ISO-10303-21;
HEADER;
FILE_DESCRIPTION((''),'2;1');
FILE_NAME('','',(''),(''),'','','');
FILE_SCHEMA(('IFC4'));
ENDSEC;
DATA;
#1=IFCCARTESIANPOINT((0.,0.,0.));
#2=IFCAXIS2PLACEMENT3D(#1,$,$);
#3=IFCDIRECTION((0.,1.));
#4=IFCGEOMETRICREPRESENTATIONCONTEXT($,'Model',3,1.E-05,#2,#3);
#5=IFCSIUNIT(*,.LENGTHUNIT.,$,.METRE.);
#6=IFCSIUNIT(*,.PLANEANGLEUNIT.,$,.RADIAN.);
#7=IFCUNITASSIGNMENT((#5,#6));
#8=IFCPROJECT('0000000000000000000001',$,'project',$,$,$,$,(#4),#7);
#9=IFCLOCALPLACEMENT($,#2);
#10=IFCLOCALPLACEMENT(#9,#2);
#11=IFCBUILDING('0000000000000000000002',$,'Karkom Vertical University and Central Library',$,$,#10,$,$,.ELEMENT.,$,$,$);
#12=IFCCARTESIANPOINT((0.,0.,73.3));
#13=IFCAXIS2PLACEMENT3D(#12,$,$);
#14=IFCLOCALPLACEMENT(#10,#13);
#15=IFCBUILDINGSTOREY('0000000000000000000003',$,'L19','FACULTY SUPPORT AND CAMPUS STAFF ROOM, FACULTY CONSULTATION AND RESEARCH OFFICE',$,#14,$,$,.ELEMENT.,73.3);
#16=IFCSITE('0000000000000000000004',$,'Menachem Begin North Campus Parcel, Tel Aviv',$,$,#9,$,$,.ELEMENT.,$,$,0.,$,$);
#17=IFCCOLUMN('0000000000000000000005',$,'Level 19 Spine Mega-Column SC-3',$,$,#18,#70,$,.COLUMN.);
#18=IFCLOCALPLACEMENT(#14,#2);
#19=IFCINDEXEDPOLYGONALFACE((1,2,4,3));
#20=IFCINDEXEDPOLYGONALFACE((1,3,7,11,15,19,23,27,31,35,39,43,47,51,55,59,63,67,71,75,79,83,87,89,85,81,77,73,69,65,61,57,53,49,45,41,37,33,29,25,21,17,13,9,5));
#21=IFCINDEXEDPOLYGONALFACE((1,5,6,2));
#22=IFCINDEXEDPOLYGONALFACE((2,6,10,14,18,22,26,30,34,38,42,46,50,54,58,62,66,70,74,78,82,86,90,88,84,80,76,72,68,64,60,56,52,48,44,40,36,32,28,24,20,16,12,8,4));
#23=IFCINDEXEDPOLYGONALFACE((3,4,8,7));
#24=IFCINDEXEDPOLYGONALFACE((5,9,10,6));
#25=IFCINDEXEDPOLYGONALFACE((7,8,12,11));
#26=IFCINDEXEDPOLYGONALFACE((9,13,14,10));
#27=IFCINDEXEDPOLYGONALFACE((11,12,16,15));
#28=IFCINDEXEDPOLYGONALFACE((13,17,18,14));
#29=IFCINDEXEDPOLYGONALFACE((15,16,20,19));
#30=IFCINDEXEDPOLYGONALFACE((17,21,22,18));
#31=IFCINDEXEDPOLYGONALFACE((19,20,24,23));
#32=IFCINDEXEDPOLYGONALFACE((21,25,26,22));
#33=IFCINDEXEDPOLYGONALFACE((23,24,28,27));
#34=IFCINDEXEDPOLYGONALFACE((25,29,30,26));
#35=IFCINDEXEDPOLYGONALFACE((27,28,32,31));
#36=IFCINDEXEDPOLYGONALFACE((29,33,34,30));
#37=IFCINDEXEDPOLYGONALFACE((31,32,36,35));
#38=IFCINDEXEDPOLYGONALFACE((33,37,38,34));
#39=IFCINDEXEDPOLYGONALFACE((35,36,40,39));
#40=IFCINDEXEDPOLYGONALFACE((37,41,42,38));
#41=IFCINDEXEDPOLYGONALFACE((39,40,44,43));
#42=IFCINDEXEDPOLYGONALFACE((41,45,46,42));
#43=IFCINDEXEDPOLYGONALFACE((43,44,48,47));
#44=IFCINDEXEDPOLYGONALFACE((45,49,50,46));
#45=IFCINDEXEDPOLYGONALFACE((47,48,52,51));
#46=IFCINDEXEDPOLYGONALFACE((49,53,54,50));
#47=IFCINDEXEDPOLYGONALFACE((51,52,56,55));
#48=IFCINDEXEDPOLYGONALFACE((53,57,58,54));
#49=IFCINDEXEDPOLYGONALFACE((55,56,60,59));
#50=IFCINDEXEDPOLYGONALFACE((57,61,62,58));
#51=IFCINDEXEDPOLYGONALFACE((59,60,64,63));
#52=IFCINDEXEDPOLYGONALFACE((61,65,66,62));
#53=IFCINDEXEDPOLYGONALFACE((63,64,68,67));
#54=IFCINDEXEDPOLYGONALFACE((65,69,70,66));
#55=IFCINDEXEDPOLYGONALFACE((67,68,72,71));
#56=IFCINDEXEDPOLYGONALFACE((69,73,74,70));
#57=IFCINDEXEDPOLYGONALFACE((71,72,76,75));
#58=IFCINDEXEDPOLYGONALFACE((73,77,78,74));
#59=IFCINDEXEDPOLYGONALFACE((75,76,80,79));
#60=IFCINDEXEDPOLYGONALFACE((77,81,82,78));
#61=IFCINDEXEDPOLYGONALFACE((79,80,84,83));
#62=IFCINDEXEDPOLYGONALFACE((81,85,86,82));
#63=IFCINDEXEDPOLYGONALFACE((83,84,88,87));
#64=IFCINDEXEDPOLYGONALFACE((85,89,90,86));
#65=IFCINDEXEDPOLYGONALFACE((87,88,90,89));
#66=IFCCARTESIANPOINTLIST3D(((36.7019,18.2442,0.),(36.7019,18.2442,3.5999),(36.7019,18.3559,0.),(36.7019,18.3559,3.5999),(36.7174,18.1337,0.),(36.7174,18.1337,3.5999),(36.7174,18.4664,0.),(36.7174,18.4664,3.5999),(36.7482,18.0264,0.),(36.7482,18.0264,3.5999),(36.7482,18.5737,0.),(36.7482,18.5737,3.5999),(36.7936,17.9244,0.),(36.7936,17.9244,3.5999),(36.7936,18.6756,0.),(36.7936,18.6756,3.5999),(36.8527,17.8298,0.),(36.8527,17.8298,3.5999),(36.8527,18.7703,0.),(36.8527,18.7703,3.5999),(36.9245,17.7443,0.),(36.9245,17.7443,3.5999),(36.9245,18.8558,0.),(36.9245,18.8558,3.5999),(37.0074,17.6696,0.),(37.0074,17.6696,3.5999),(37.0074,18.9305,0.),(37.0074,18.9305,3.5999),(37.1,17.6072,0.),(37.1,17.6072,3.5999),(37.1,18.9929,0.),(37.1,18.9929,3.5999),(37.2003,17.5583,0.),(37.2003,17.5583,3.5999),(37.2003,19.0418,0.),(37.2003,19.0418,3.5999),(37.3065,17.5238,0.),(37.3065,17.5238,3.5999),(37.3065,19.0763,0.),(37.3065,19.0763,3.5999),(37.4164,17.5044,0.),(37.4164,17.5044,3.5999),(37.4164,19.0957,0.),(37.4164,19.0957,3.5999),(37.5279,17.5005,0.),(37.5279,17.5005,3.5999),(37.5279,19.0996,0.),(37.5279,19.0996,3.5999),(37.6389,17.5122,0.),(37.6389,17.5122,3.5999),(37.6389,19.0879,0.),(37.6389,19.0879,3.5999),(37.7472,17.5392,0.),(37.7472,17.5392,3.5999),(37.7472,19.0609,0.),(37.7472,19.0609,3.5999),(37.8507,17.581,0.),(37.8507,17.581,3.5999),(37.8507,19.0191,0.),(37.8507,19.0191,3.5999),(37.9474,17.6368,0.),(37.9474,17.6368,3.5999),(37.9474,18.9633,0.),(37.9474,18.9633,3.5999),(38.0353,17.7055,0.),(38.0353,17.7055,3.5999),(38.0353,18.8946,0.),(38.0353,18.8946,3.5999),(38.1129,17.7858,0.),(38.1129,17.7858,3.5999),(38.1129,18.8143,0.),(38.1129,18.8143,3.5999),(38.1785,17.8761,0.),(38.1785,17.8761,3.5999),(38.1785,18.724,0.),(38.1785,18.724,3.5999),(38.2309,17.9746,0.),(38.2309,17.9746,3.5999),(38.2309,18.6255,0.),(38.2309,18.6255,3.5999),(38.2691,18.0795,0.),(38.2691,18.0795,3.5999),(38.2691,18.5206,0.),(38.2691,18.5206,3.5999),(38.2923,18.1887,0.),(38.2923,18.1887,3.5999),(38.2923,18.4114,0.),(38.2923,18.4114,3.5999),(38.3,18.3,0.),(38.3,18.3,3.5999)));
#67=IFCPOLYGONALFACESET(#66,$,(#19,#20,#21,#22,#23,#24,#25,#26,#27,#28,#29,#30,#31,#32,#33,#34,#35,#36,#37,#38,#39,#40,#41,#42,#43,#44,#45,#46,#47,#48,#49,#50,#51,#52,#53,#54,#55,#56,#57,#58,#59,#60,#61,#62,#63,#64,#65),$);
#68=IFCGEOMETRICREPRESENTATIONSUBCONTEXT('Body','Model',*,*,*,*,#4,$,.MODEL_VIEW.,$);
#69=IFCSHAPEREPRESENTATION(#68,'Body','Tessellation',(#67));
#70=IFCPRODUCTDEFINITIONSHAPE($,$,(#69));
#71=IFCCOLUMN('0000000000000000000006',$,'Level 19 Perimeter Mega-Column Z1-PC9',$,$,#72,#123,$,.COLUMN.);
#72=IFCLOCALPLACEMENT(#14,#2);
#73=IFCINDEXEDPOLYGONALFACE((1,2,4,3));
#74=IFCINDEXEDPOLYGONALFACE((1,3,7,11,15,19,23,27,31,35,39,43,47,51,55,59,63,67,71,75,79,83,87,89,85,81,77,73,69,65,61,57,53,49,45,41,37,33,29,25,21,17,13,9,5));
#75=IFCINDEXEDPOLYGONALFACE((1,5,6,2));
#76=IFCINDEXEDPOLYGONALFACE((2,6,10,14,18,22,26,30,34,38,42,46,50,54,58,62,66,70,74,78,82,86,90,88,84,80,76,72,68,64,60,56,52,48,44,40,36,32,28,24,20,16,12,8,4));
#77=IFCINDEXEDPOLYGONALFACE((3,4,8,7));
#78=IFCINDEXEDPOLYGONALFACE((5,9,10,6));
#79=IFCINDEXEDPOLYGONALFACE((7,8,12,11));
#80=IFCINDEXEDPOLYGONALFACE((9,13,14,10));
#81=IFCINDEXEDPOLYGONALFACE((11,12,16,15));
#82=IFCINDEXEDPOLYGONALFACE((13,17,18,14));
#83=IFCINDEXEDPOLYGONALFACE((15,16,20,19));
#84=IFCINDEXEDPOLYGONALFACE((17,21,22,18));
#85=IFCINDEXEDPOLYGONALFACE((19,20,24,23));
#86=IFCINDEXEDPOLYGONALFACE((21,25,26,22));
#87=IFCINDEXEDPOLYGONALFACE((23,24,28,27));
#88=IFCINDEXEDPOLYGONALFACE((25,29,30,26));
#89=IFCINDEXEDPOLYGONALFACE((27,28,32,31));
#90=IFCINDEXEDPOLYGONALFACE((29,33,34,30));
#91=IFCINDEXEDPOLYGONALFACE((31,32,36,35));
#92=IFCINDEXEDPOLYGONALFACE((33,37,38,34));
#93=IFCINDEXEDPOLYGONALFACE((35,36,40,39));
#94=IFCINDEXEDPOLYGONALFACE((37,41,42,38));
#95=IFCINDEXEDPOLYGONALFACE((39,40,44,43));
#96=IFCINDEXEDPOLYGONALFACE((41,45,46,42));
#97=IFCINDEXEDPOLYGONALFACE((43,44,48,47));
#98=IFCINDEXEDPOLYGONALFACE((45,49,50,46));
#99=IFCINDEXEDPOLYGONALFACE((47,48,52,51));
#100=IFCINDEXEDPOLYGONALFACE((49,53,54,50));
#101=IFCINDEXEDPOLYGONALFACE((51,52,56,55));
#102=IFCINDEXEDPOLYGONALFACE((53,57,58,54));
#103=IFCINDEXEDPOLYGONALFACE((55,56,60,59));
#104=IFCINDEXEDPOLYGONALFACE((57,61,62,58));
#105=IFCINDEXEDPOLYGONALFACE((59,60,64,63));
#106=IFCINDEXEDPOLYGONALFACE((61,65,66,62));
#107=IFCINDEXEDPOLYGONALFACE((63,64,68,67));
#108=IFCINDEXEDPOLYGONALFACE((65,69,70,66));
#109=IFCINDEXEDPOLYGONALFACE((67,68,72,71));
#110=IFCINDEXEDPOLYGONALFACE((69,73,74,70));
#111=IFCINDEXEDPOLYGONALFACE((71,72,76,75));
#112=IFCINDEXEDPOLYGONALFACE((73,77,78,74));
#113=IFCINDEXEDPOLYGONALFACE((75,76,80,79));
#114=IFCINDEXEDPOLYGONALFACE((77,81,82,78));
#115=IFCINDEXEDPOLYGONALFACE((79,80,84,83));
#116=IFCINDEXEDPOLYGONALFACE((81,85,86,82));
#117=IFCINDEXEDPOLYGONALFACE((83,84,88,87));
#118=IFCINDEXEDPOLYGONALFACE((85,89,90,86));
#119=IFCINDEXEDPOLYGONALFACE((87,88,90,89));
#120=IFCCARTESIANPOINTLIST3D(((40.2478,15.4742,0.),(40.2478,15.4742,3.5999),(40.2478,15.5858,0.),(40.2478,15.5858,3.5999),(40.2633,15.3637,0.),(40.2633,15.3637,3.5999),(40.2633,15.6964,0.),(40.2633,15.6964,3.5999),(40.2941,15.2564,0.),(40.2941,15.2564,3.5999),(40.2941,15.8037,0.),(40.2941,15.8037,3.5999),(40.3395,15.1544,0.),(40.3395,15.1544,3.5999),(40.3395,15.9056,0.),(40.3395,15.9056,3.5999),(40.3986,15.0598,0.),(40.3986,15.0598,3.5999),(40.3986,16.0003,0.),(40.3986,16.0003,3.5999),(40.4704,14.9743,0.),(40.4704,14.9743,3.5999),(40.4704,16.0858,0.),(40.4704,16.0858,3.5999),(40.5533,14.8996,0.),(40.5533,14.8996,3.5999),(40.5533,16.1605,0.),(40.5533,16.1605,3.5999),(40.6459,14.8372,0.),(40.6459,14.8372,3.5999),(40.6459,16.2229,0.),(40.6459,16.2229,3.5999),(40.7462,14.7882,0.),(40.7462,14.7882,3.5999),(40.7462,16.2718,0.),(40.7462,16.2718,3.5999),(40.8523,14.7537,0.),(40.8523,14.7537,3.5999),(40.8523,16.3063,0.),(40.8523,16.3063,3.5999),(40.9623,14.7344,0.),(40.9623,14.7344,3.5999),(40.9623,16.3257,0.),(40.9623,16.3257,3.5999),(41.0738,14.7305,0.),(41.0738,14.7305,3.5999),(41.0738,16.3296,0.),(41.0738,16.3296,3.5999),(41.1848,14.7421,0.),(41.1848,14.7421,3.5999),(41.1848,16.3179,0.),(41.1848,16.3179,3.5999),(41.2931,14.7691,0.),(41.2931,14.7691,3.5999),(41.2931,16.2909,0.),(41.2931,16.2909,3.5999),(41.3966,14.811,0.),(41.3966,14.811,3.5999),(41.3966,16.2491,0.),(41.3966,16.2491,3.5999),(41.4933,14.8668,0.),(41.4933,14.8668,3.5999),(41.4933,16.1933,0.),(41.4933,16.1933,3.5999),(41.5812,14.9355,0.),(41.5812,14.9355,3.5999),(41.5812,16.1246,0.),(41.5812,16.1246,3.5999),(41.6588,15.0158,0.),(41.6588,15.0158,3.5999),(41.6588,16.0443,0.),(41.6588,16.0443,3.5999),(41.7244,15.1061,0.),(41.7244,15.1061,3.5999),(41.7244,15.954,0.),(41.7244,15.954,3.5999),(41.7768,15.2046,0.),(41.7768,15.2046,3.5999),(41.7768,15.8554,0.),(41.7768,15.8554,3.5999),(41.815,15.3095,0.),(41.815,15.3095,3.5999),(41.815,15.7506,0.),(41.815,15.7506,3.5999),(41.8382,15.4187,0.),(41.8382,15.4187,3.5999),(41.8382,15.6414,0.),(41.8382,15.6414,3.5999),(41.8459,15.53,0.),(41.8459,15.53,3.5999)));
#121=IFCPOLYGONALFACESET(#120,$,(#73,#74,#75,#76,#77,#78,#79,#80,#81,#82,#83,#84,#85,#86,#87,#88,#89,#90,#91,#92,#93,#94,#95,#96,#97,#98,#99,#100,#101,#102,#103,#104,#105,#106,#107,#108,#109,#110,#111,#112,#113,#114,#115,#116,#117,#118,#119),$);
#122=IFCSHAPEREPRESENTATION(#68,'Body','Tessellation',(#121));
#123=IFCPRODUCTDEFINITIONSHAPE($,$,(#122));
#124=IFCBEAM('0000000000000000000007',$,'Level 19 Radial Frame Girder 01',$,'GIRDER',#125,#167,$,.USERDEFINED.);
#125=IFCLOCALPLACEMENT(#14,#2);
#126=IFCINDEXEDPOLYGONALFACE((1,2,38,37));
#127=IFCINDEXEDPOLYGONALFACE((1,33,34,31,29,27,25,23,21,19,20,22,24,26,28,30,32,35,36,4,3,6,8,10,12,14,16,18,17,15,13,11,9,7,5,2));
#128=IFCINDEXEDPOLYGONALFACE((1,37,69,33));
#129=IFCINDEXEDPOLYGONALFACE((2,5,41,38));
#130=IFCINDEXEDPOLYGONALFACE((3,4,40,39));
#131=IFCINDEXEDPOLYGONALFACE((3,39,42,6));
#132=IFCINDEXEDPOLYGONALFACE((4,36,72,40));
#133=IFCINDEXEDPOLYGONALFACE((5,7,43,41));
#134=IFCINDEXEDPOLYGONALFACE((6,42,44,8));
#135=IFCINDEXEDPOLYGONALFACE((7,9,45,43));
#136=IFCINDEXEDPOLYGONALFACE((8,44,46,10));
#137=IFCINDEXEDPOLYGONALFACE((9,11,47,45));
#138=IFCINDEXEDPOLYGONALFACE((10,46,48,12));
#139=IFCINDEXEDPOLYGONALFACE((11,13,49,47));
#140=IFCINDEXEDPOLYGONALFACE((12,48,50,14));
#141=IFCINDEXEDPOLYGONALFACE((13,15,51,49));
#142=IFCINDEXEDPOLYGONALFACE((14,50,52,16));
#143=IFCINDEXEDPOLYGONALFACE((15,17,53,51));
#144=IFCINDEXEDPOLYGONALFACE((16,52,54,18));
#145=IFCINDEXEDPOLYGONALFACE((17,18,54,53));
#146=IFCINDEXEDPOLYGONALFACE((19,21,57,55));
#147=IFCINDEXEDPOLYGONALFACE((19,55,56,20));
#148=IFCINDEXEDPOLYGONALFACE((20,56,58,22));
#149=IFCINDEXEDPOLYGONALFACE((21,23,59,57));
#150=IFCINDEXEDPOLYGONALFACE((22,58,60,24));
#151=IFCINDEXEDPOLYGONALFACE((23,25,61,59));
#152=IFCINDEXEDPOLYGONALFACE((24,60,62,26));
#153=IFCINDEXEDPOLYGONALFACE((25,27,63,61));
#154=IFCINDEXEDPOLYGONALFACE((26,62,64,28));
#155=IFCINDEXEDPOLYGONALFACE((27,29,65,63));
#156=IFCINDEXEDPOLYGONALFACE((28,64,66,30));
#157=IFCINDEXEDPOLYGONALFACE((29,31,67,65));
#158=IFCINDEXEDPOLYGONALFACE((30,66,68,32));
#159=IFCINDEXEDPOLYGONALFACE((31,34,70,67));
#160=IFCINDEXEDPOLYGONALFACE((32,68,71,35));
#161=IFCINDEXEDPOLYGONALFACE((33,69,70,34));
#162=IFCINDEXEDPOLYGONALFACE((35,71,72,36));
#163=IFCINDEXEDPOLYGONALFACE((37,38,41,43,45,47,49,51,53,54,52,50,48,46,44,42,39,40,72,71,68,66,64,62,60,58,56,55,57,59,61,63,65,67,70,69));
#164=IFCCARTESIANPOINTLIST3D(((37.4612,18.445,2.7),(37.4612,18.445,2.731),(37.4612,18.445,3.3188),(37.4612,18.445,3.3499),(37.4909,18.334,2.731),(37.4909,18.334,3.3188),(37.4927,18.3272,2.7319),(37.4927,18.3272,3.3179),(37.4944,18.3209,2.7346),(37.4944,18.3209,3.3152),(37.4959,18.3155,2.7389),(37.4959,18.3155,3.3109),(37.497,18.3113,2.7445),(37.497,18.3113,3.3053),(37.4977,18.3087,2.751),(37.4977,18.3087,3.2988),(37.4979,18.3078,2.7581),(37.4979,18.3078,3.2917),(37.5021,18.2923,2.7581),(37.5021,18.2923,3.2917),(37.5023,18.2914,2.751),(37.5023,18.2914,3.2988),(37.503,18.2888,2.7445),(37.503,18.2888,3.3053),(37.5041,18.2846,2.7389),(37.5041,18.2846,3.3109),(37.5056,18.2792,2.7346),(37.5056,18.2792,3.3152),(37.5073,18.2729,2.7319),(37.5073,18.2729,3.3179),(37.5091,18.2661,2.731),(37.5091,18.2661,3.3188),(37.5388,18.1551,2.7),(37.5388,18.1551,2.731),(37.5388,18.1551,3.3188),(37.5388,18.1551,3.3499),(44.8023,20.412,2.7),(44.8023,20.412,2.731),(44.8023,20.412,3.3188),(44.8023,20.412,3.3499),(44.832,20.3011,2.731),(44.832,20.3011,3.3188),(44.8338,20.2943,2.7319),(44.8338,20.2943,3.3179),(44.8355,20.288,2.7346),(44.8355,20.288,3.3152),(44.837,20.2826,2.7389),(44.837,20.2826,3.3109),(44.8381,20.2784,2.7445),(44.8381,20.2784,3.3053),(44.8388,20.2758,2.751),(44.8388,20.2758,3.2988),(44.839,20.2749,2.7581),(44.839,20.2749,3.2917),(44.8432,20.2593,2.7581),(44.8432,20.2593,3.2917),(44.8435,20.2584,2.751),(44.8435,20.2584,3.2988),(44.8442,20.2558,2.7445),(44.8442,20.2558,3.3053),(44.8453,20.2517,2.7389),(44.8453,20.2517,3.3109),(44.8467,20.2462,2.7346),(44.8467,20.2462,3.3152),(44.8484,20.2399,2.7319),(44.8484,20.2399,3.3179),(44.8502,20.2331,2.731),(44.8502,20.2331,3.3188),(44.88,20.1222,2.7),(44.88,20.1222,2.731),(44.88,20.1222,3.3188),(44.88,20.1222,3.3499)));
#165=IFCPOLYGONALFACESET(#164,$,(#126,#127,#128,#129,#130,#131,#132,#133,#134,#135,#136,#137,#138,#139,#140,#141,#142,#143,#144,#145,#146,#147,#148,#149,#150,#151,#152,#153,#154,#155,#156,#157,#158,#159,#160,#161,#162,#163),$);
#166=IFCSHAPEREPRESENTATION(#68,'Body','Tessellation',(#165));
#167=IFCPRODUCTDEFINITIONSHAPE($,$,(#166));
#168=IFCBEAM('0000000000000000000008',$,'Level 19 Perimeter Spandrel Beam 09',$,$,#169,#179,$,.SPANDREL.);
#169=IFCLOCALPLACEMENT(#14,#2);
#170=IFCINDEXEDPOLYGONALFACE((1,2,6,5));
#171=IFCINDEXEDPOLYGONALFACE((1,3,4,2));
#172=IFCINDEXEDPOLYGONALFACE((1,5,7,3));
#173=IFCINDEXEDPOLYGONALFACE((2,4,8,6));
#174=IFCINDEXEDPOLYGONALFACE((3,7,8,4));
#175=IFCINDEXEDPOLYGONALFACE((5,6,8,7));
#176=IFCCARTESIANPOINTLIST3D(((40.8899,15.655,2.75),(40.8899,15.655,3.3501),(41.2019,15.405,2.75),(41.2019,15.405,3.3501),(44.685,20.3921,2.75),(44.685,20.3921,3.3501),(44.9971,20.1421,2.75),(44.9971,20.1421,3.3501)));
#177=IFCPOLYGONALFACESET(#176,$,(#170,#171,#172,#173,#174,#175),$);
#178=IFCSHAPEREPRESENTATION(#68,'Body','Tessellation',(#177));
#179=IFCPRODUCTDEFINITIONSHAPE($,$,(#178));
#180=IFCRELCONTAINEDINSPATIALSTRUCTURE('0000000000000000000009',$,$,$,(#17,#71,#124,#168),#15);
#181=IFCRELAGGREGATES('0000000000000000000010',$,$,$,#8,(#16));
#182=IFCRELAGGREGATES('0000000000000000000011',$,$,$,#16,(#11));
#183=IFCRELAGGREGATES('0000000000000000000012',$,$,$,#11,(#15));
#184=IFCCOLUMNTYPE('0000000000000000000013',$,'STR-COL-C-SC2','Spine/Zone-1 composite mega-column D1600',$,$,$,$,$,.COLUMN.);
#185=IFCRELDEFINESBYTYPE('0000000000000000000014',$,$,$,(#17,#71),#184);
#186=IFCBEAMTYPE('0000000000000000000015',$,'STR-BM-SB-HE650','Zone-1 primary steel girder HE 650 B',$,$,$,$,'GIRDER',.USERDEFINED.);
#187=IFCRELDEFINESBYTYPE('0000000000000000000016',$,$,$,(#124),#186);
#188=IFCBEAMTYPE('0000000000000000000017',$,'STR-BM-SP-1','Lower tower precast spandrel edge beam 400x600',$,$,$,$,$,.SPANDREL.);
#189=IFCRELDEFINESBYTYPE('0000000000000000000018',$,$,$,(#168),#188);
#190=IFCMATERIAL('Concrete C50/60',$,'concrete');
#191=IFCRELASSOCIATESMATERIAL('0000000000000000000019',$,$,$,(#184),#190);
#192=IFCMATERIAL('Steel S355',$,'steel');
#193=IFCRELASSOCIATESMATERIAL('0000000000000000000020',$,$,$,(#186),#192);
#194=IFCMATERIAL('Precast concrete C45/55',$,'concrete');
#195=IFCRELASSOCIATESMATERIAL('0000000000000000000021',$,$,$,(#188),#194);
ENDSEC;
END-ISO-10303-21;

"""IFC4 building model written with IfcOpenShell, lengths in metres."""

from ifc_helpers import new_model, si_unit, direction, frame, origin, origin_with_axes, origin_2d, place, context, subcontext, project, spatial, rectangle, circle, i_section, extrude, source, transform, mapped, material, material_profile, profile_set, type_object, element, save


model = new_model("IFC4")

# Units and contexts
model_context = context("Model", 3, precision=1e-05, world=origin(), true_north=direction((0.0, 1.0)))
body_context = subcontext(model_context, "Body", "Model", "MODEL_VIEW")
ifc_project = project(units=[si_unit("LENGTHUNIT", "METRE"), si_unit("PLANEANGLEUNIT", "RADIAN")], contexts=[model_context])

# Site, building, storey
site_placement = place(None, origin())
site = spatial("IfcSite", under=ifc_project, at=site_placement, Name="Menachem Begin North Campus Parcel, Tel Aviv", CompositionType="ELEMENT", RefElevation=0.0)
building_placement = place(site_placement, origin())
building = spatial("IfcBuilding", under=site, at=building_placement, Name="Karkom Vertical University and Central Library", CompositionType="ELEMENT")
storey_placement = place(building_placement, frame((0.0, 0.0, 73.3)))
storey = spatial("IfcBuildingStorey", under=building, at=storey_placement, Name="L19", Description="FACULTY SUPPORT AND CAMPUS STAFF ROOM, FACULTY CONSULTATION AND RESEARCH OFFICE", CompositionType="ELEMENT", Elevation=73.3)

# Columns
ifc_material_1 = material(Name="Concrete C50/60", Category="concrete")
ifc_material_profile_1 = material_profile(ifc_material_1, circle(Radius=0.8, at=origin_2d()), Name="CFT-D1600")
ifc_profile_set_1 = profile_set([ifc_material_profile_1], Name="Concrete C50/60")
column_type = type_object("IfcColumnType", Name="STR-COL-C-SC2", Description="Spine/Zone-1 composite mega-column D1600", PredefinedType="COLUMN", material=ifc_profile_set_1)
shared_shape_1 = source(origin_with_axes(), body_context, "Body", "SweptSolid", [
    extrude(circle(Radius=0.8, at=origin_2d()), origin(), (0.0, 0.0, 1.0), 3.5999),
])
for number, where, z_axis, x_axis, name in (
    (1, (37.5, 18.3, 0.0), (0.0, 0.0, 1.0), (1.0, 0.0, 0.0), "Level 19 Spine Mega-Column SC-3"),
    (2, (41.0459, 15.53, 0.0), (0.0, 0.0, 1.0), (1.0, 0.0, 0.0), "Level 19 Perimeter Mega-Column Z1-PC9"),
):
    element("IfcColumn", number, at=place(storey_placement, frame(where, z_axis=z_axis, x_axis=x_axis)), inside=storey, type_object=column_type, Name=name, PredefinedType="COLUMN", context=body_context, shape_type="MappedRepresentation", body=[
        mapped(shared_shape_1, transform((0.0, 0.0, 0.0), scale=1.0)),
    ])

# Beams
ifc_material_2 = material(Name="Steel S355", Category="steel")
ifc_material_profile_2 = material_profile(ifc_material_2, i_section(OverallWidth=0.3, OverallDepth=0.6499, WebThickness=0.0161, FlangeThickness=0.031, FilletRadius=0.0271, at=origin_2d()), Name="HE 650 B")
ifc_profile_set_2 = profile_set([ifc_material_profile_2], Name="Steel S355")
beam_type_1 = type_object("IfcBeamType", Name="STR-BM-SB-HE650", Description="Zone-1 primary steel girder HE 650 B", ElementType="GIRDER", PredefinedType="USERDEFINED", material=ifc_profile_set_2)
shared_shape_2 = source(origin_with_axes(), body_context, "Body", "SweptSolid", [
    extrude(i_section(OverallWidth=0.3, OverallDepth=0.6499, WebThickness=0.0161, FlangeThickness=0.031, FilletRadius=0.0271, at=origin_2d()), origin(), (0.0, 0.0, 1.0), 7.6001),
])
beam_1_placement = place(storey_placement, frame((37.5, 18.3, 3.0249), z_axis=(0.965926, 0.25882, 0.0), x_axis=(-0.25882, 0.965926, 0.0)))
element("IfcBeam", 3, at=beam_1_placement, inside=storey, type_object=beam_type_1, Name="Level 19 Radial Frame Girder 01", ObjectType="GIRDER", PredefinedType="USERDEFINED", context=body_context, shape_type="MappedRepresentation", body=[
    mapped(shared_shape_2, transform((0.0, 0.0, 0.0), scale=1.0)),
])
ifc_material_3 = material(Name="Precast concrete C45/55", Category="concrete")
ifc_material_profile_3 = material_profile(ifc_material_3, rectangle(XDim=0.3999, YDim=0.6001, at=origin_2d()), Name="SPB-400x600")
ifc_profile_set_3 = profile_set([ifc_material_profile_3], Name="Precast concrete C45/55")
beam_type_2 = type_object("IfcBeamType", Name="STR-BM-SP-1", Description="Lower tower precast spandrel edge beam 400x600", PredefinedType="SPANDREL", material=ifc_profile_set_3)
shared_shape_3 = source(origin_with_axes(), body_context, "Body", "SweptSolid", [
    extrude(rectangle(XDim=0.3999, YDim=0.6001, at=origin_2d()), origin(), (0.0, 0.0, 1.0), 6.0698),
])
beam_2_placement = place(storey_placement, frame((41.0459, 15.53, 3.05), z_axis=(0.625249, 0.780425, 0.0), x_axis=(-0.780425, 0.625249, 0.0)))
element("IfcBeam", 4, at=beam_2_placement, inside=storey, type_object=beam_type_2, Name="Level 19 Perimeter Spandrel Beam 09", PredefinedType="SPANDREL", context=body_context, shape_type="MappedRepresentation", body=[
    mapped(shared_shape_3, transform((0.0, 0.0, 0.0), scale=1.0)),
])

save(model, "model.ifc")
